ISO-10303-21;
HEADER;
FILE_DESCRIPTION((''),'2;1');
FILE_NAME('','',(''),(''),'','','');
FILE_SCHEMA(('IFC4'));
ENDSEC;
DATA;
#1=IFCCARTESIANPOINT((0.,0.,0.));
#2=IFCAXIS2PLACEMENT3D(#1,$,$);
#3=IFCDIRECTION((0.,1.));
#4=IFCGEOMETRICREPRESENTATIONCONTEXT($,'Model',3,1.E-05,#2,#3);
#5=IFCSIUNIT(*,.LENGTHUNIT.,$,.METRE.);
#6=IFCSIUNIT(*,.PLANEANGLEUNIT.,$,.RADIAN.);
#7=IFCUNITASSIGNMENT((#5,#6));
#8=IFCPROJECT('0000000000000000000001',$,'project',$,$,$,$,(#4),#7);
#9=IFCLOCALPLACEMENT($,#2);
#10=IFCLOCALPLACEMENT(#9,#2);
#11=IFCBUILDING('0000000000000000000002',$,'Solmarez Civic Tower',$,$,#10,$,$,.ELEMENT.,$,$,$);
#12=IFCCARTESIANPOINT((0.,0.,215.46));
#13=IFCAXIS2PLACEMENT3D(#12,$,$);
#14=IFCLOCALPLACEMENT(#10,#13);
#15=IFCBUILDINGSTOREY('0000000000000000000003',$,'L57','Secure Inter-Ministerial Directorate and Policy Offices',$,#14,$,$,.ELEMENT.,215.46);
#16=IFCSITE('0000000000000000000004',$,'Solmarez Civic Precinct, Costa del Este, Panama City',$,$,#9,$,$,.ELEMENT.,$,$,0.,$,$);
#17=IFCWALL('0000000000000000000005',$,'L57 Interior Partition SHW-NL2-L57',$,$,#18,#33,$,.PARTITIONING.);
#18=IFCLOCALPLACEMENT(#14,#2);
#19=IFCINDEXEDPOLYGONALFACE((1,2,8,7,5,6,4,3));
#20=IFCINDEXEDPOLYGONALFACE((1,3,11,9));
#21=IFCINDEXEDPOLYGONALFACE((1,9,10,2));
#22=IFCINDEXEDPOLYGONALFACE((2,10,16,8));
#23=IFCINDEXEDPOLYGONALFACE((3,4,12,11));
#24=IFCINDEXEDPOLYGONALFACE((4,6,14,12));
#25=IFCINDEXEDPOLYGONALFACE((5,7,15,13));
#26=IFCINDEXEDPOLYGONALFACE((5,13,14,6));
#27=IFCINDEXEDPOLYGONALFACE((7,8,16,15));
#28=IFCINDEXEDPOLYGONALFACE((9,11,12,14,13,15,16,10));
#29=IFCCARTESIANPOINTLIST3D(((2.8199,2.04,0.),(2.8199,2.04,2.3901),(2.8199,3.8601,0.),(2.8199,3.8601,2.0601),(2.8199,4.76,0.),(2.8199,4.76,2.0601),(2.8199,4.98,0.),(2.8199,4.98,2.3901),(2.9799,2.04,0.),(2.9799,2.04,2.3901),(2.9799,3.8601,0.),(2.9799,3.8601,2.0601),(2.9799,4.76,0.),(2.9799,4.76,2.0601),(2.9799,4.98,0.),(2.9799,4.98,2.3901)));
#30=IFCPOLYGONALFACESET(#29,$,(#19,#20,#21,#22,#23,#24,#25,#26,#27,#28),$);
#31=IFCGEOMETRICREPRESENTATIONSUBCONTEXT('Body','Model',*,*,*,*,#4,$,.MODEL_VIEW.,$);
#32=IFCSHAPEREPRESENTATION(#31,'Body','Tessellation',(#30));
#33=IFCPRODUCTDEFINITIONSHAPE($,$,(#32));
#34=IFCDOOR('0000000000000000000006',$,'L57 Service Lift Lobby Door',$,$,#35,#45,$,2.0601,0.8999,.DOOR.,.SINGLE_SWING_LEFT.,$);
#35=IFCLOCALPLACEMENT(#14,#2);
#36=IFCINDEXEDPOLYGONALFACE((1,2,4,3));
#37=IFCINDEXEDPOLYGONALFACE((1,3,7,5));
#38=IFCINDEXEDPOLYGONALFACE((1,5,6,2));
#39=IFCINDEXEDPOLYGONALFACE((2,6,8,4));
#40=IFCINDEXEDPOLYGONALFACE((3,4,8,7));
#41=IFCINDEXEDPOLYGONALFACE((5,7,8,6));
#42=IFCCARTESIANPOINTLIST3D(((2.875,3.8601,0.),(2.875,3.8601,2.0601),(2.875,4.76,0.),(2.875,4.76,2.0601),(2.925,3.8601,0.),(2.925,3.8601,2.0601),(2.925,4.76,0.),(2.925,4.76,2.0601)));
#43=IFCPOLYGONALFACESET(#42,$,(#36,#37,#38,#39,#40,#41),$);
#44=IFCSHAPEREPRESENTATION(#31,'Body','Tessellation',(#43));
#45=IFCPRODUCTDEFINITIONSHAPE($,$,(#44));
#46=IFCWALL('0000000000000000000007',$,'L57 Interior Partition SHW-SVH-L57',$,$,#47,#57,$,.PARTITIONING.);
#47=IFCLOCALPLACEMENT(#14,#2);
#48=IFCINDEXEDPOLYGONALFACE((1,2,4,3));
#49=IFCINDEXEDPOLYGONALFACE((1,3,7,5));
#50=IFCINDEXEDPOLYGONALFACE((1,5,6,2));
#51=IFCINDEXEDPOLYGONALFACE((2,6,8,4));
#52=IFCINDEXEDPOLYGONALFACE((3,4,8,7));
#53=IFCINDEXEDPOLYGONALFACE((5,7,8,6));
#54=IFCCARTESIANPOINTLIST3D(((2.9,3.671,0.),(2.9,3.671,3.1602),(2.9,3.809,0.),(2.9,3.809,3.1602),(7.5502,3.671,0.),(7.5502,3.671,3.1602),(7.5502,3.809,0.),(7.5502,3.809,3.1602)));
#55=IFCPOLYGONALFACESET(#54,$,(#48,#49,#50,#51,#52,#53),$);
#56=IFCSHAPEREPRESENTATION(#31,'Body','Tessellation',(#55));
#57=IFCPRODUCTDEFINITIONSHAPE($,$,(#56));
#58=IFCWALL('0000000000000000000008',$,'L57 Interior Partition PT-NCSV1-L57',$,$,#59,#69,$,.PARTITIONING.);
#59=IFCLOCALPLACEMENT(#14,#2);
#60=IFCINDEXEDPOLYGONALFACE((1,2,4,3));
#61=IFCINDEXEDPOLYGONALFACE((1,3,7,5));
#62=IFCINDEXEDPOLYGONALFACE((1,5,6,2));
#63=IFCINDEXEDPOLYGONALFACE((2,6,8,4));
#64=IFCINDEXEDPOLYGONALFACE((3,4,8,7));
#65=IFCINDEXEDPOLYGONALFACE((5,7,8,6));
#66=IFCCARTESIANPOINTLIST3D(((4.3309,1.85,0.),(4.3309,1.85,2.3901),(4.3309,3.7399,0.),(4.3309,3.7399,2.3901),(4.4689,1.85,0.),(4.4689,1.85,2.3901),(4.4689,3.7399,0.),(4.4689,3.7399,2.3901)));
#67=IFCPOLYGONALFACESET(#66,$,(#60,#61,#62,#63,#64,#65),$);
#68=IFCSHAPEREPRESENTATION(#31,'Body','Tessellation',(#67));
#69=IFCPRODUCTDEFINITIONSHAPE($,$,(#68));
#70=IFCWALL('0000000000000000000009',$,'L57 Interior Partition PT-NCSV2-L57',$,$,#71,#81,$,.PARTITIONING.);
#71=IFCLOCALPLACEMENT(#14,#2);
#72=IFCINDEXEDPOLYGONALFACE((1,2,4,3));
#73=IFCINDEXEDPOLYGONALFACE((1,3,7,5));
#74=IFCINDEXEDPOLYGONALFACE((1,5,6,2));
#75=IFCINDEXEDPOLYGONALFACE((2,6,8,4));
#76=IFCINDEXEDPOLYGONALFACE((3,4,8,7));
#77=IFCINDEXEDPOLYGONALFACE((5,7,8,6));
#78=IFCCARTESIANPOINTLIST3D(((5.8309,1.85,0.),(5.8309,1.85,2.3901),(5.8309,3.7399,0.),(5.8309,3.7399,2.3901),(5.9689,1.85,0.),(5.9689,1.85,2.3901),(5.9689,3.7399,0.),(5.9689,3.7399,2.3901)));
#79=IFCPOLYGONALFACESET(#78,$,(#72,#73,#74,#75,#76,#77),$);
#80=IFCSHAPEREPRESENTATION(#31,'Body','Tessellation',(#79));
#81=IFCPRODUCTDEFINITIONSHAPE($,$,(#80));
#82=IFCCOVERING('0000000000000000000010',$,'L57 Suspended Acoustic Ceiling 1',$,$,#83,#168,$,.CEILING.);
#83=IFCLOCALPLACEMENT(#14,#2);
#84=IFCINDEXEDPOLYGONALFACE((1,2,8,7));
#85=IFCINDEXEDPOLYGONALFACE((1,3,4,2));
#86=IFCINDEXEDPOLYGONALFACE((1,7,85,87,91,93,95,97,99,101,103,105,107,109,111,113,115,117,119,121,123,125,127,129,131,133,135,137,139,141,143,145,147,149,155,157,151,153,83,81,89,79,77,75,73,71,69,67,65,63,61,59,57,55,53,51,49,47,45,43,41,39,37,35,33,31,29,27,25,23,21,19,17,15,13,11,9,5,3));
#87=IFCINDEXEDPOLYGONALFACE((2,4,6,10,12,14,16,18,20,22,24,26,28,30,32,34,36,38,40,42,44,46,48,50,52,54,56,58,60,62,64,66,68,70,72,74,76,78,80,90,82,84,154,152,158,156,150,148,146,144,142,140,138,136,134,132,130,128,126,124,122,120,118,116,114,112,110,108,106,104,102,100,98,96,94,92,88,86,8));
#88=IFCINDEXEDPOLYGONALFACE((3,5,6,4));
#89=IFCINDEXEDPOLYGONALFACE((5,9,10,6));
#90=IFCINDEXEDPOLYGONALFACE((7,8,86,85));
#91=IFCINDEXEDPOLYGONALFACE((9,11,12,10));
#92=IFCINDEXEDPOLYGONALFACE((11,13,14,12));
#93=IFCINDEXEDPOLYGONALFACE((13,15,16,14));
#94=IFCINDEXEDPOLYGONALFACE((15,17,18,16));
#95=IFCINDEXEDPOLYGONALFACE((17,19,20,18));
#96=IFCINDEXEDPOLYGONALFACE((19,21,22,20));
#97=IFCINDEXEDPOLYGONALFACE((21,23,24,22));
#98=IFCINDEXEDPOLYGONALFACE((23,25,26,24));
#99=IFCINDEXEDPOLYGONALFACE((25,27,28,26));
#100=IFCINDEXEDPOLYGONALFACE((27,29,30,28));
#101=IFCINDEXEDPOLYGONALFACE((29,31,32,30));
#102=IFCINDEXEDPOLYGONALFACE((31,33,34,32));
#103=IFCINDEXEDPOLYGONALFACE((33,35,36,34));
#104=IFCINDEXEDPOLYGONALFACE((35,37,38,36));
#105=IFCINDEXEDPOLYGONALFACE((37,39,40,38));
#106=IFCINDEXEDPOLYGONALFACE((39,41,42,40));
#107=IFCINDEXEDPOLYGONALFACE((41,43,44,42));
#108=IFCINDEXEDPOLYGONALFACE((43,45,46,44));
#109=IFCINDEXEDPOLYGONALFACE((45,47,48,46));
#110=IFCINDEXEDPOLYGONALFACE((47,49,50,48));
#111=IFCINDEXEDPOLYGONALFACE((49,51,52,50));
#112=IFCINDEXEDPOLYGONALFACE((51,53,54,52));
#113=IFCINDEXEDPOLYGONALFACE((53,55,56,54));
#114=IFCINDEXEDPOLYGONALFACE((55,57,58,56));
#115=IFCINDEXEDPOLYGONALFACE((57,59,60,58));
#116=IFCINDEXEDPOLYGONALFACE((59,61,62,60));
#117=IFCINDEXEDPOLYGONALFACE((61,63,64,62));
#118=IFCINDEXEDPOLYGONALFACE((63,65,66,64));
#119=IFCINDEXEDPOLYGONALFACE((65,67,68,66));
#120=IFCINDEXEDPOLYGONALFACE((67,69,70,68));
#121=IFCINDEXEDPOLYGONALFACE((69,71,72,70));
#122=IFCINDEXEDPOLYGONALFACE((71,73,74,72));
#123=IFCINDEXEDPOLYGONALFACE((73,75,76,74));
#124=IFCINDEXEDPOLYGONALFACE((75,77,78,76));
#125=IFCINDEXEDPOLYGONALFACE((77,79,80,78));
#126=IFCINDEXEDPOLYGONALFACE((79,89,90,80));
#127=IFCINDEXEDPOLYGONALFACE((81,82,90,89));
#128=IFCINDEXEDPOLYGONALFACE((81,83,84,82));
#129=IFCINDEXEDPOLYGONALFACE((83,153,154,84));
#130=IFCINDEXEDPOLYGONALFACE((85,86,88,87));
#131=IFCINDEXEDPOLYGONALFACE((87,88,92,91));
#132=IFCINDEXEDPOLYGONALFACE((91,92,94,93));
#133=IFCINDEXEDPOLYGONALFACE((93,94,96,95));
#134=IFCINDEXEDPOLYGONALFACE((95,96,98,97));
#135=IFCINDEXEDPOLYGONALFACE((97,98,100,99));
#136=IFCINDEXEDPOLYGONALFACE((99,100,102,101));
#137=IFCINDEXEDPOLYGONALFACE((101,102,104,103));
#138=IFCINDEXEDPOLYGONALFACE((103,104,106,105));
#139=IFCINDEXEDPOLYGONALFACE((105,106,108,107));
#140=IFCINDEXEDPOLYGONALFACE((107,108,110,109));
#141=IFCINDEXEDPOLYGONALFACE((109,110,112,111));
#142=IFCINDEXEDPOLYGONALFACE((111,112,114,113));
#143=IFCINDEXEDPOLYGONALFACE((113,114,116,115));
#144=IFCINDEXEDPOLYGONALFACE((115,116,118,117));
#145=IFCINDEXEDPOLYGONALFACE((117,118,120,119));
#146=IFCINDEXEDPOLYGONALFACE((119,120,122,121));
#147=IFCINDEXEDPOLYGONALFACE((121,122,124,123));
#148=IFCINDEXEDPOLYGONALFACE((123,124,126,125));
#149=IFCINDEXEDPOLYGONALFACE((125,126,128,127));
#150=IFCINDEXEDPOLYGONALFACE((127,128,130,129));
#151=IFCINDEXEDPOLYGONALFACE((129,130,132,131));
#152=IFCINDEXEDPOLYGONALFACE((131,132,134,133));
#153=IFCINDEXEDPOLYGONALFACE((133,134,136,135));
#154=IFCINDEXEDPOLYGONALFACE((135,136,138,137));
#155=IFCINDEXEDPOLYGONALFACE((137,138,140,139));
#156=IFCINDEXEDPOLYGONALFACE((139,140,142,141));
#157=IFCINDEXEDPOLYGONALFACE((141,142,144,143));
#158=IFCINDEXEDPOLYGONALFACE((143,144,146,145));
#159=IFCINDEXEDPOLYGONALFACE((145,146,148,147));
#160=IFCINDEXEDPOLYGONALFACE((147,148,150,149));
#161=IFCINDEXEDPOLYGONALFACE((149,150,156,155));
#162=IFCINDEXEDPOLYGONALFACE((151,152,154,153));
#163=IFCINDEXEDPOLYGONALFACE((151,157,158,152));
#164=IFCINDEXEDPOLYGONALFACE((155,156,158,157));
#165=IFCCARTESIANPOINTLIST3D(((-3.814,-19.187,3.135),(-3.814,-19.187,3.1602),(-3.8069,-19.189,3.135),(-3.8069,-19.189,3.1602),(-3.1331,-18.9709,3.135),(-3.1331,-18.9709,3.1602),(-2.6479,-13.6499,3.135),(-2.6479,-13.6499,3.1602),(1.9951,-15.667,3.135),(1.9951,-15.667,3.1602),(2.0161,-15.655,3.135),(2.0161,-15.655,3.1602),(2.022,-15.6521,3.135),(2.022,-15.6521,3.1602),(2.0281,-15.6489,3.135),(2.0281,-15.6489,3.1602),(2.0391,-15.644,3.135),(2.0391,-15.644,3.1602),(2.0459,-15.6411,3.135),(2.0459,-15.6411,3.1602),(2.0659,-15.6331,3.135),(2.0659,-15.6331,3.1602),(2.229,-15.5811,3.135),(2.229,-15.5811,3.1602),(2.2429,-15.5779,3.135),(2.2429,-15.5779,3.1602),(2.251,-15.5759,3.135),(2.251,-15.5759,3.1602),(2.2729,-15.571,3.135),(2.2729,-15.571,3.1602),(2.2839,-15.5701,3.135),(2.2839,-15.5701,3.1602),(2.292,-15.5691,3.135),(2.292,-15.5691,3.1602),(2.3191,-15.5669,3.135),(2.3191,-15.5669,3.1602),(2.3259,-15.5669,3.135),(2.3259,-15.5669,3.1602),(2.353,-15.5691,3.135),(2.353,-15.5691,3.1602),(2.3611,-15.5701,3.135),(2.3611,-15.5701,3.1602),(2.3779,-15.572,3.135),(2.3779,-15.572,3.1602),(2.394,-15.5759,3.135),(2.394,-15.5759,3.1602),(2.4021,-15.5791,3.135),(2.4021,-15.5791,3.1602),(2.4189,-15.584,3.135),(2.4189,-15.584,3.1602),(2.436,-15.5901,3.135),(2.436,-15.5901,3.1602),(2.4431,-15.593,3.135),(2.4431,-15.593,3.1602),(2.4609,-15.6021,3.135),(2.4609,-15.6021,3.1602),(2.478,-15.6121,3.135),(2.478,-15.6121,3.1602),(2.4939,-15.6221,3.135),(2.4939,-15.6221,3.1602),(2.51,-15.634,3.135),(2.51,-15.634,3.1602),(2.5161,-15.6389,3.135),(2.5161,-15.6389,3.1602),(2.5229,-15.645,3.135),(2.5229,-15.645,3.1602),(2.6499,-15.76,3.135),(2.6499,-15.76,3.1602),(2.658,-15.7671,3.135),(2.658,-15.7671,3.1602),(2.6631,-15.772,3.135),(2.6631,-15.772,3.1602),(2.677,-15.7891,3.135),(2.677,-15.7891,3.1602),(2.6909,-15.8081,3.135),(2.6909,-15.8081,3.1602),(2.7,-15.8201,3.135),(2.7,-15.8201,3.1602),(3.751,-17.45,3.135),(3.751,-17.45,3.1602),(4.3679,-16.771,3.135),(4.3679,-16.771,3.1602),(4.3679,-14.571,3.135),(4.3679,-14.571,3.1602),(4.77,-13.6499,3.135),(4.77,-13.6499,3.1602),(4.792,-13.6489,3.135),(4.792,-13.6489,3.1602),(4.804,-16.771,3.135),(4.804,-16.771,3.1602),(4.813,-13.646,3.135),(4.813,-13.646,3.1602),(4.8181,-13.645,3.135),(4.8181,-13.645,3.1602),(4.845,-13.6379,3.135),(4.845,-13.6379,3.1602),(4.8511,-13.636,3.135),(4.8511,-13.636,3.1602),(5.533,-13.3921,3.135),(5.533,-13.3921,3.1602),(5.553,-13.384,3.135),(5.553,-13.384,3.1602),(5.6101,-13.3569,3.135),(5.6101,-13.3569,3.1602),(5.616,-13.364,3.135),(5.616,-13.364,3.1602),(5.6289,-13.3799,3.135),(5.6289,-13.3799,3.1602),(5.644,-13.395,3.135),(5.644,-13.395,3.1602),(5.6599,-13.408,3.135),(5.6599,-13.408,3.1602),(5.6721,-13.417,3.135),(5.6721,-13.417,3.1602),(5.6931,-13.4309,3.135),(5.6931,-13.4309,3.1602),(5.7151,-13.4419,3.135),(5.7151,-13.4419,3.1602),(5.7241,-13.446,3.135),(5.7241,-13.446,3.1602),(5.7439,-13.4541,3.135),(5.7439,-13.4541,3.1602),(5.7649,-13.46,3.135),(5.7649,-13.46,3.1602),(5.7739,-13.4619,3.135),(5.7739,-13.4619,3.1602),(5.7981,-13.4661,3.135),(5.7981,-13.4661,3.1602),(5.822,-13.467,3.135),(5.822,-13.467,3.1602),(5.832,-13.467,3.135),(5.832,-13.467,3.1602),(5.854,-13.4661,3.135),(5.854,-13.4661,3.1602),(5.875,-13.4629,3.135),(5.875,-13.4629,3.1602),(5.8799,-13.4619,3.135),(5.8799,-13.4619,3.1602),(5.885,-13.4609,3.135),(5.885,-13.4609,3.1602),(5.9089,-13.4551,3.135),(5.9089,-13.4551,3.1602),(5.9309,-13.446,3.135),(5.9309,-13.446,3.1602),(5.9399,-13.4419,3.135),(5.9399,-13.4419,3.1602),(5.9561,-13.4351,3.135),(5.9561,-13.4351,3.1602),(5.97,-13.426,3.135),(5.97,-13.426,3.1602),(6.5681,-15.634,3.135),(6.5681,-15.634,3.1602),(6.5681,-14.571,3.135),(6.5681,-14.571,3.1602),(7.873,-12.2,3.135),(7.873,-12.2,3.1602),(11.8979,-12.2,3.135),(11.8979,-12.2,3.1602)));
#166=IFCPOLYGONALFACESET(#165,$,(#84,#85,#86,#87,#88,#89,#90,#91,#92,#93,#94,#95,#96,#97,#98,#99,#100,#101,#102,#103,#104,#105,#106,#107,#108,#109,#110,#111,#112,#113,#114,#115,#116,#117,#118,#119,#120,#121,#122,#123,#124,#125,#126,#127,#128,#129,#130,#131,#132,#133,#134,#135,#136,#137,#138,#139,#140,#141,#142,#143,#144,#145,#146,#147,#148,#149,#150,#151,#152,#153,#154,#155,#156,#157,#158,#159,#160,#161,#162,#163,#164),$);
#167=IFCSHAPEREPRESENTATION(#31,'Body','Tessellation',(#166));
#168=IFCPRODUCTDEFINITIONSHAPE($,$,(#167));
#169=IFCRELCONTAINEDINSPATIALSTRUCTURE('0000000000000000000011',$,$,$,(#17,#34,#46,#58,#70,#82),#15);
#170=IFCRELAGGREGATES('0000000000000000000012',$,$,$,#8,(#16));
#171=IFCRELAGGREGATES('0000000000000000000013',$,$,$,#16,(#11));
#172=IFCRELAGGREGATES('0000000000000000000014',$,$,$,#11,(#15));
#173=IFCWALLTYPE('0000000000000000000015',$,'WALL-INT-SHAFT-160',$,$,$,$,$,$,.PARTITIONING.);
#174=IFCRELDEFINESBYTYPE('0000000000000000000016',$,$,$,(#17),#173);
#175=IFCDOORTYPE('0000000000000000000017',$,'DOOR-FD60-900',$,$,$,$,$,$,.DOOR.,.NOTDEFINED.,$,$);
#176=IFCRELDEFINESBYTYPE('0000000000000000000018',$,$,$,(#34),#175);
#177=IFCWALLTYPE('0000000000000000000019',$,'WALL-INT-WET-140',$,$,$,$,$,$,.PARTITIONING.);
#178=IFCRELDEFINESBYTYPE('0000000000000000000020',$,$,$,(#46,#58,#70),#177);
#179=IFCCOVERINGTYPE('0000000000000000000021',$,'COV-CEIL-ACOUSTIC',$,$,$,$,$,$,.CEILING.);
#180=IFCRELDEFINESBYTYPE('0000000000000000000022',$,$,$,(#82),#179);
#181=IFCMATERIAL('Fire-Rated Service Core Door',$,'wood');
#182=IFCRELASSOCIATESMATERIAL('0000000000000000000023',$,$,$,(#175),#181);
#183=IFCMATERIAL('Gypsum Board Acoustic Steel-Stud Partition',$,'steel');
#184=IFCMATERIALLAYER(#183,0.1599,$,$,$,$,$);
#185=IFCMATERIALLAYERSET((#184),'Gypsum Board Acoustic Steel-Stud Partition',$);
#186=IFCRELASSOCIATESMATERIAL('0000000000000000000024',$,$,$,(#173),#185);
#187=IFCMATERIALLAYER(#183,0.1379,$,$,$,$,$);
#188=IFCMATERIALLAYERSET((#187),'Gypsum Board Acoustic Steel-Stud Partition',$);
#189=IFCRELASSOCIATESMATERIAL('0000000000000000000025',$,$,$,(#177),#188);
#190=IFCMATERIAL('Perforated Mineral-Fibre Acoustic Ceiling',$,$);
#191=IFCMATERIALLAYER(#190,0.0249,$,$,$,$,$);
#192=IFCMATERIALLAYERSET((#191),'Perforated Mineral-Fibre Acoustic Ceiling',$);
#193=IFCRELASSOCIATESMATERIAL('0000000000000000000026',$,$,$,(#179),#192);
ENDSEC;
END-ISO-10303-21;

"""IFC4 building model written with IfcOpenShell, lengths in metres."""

from ifc_helpers import new_model, si_unit, direction, frame, frame_2d, origin, place, context, subcontext, project, spatial, polyline, rectangle, outline, extrude, material, layer, layer_set, type_object, element, fill, save


model = new_model("IFC4")

# Units and contexts
model_context = context("Model", 3, precision=1e-05, world=origin(), true_north=direction((0.0, 1.0)))
body_context = subcontext(model_context, "Body", "Model", "MODEL_VIEW")
ifc_project = project(units=[si_unit("LENGTHUNIT", "METRE"), si_unit("PLANEANGLEUNIT", "RADIAN")], contexts=[model_context])

# Site, building, storey
site_placement = place(None, origin())
site = spatial("IfcSite", under=ifc_project, at=site_placement, Name="Solmarez Civic Precinct, Costa del Este, Panama City", CompositionType="ELEMENT", RefElevation=0.0)
building_placement = place(site_placement, origin())
building = spatial("IfcBuilding", under=site, at=building_placement, Name="Solmarez Civic Tower", CompositionType="ELEMENT")
storey_placement = place(building_placement, frame((0.0, 0.0, 215.46)))
storey = spatial("IfcBuildingStorey", under=building, at=storey_placement, Name="L57", Description="Secure Inter-Ministerial Directorate and Policy Offices", CompositionType="ELEMENT", Elevation=215.46)

# Shared definitions
ifc_material_1 = material(Name="Fire-Rated Service Core Door", Category="wood")
door_type_1 = type_object("IfcDoorType", Name="DOOR-FD60-900", OperationType="NOTDEFINED", PredefinedType="DOOR", material=ifc_material_1)

# Shared definitions
ifc_material_2 = material(Name="Gypsum Board Acoustic Steel-Stud Partition", Category="steel")

# Wall, opening, door
ifc_layer_1 = layer(ifc_material_2, 0.1599)
ifc_layer_set_1 = layer_set([ifc_layer_1], Name="Gypsum Board Acoustic Steel-Stud Partition")
wall_type_1 = type_object("IfcWallType", Name="WALL-INT-SHAFT-160", PredefinedType="PARTITIONING", material=ifc_layer_set_1)
wall_1_placement = place(storey_placement, frame((2.8999, 2.04, 0.0), z_axis=(0.0, 0.0, 1.0), x_axis=(0.0, 1.0, 0.0)))
wall_1 = element("IfcWall", 1, at=wall_1_placement, inside=storey, type_object=wall_type_1, Name="L57 Interior Partition SHW-NL2-L57", PredefinedType="PARTITIONING", context=body_context, shape_type="SweptSolid", body=[
    extrude(rectangle(XDim=2.9399, YDim=0.1599, at=frame_2d((1.47, 0.0))), origin(), (0.0, 0.0, 1.0), 2.3901),
])
opening_1_placement = place(wall_1_placement, frame((1.8201, 0.0, 0.0)))
opening_1 = element("IfcOpeningElement", 2, at=opening_1_placement, cuts=wall_1, PredefinedType="OPENING", context=body_context, shape_type="SweptSolid", body=[
    extrude(rectangle(XDim=0.8999, YDim=2.0601, at=frame_2d((0.45, 1.03))), frame((0.0, 0.0898, 0.0), z_axis=(0.0, -1.0, 0.0), x_axis=(1.0, 0.0, 0.0)), (0.0, 0.0, 1.0), 0.1799),
])
door_1_placement = place(opening_1_placement, origin())
door_1 = element("IfcDoor", 3, at=door_1_placement, inside=storey, type_object=door_type_1, Name="L57 Service Lift Lobby Door", OperationType="SINGLE_SWING_LEFT", OverallHeight=2.0601, OverallWidth=0.8999, PredefinedType="DOOR", context=body_context, shape_type="SweptSolid", body=[
    extrude(rectangle(XDim=0.8999, YDim=2.0601, at=frame_2d((0.45, 1.03))), frame((0.0, 0.0249, 0.0), z_axis=(0.0, -1.0, 0.0), x_axis=(1.0, 0.0, 0.0)), (0.0, 0.0, 1.0), 0.05),
])
fill(opening_1, door_1)

# Walls
ifc_layer_2 = layer(ifc_material_2, 0.1379)
ifc_layer_set_2 = layer_set([ifc_layer_2], Name="Gypsum Board Acoustic Steel-Stud Partition")
wall_type_2 = type_object("IfcWallType", Name="WALL-INT-WET-140", PredefinedType="PARTITIONING", material=ifc_layer_set_2)
wall_2_placement = place(storey_placement, frame((2.8999, 3.74, 0.0), z_axis=(0.0, 0.0, 1.0), x_axis=(1.0, 0.0, 0.0)))
element("IfcWall", 4, at=wall_2_placement, inside=storey, type_object=wall_type_2, Name="L57 Interior Partition SHW-SVH-L57", PredefinedType="PARTITIONING", context=body_context, shape_type="SweptSolid", body=[
    extrude(rectangle(XDim=4.6501, YDim=0.1379, at=frame_2d((2.3252, 0.0))), origin(), (0.0, 0.0, 1.0), 3.1602),
])
for number, where, z_axis, x_axis, name in (
    (5, (4.3999, 1.8501, 0.0), (0.0, 0.0, 1.0), (0.0, 1.0, 0.0), "L57 Interior Partition PT-NCSV1-L57"),
    (6, (5.8999, 1.8501, 0.0), (0.0, 0.0, 1.0), (0.0, 1.0, 0.0), "L57 Interior Partition PT-NCSV2-L57"),
):
    element("IfcWall", number, at=place(storey_placement, frame(where, z_axis=z_axis, x_axis=x_axis)), inside=storey, type_object=wall_type_2, Name=name, PredefinedType="PARTITIONING", context=body_context, shape_type="SweptSolid", body=[
        extrude(rectangle(XDim=1.8899, YDim=0.1379, at=frame_2d((0.9448, 0.0))), origin(), (0.0, 0.0, 1.0), 2.3901),
    ])

# Covering
ifc_material_3 = material(Name="Perforated Mineral-Fibre Acoustic Ceiling")
ifc_layer_3 = layer(ifc_material_3, 0.0249)
ifc_layer_set_3 = layer_set([ifc_layer_3], Name="Perforated Mineral-Fibre Acoustic Ceiling")
covering_type_1 = type_object("IfcCoveringType", Name="COV-CEIL-ACOUSTIC", PredefinedType="CEILING", material=ifc_layer_set_3)
covering_1_placement = place(storey_placement, frame((0.0, 0.0, 3.135)))
element("IfcCovering", 7, at=covering_1_placement, inside=storey, type_object=covering_type_1, Name="L57 Suspended Acoustic Ceiling 1", PredefinedType="CEILING", context=body_context, shape_type="SweptSolid", body=[
    extrude(outline(polyline([(2.478, -15.6121), (2.4939, -15.6221), (2.51, -15.634), (2.5161, -15.6389), (2.5229, -15.645), (2.6499, -15.76), (2.658, -15.7671), (2.6631, -15.772), (2.677, -15.7891), (2.6909, -15.8081), (2.7, -15.8201), (3.751, -17.45), (4.804, -16.771), (4.3679, -16.771), (4.3679, -14.571), (6.5681, -14.571), (6.5681, -15.634), (11.8979, -12.2), (7.873, -12.2), (5.97, -13.426), (5.9561, -13.4351), (5.9399, -13.4419), (5.9309, -13.446), (5.9089, -13.4551), (5.885, -13.4609), (5.8799, -13.4619), (5.875, -13.4629), (5.854, -13.4661), (5.832, -13.467), (5.822, -13.467), (5.7981, -13.4661), (5.7739, -13.4619), (5.7649, -13.46), (5.7439, -13.4541), (5.7241, -13.446), (5.7151, -13.4419), (5.6931, -13.4309), (5.6721, -13.417), (5.6599, -13.408), (5.644, -13.395), (5.6289, -13.3799), (5.616, -13.364), (5.6101, -13.3569), (5.553, -13.384), (5.533, -13.3921), (4.8511, -13.636), (4.845, -13.6379), (4.8181, -13.645), (4.813, -13.646), (4.792, -13.6489), (4.77, -13.6499), (-2.6479, -13.6499), (-3.814, -19.187), (-3.8069, -19.189), (-3.1331, -18.9709), (1.9951, -15.667), (2.0161, -15.655), (2.022, -15.6521), (2.0281, -15.6489), (2.0391, -15.644), (2.0459, -15.6411), (2.0659, -15.6331), (2.229, -15.5811), (2.2429, -15.5779), (2.251, -15.5759), (2.2729, -15.571), (2.2839, -15.5701), (2.292, -15.5691), (2.3191, -15.5669), (2.3259, -15.5669), (2.353, -15.5691), (2.3611, -15.5701), (2.3779, -15.572), (2.394, -15.5759), (2.4021, -15.5791), (2.4189, -15.584), (2.436, -15.5901), (2.4431, -15.593), (2.4609, -15.6021), (2.478, -15.6121)])), origin(), (0.0, 0.0, 1.0), 0.0251),
])

save(model, "model.ifc")
